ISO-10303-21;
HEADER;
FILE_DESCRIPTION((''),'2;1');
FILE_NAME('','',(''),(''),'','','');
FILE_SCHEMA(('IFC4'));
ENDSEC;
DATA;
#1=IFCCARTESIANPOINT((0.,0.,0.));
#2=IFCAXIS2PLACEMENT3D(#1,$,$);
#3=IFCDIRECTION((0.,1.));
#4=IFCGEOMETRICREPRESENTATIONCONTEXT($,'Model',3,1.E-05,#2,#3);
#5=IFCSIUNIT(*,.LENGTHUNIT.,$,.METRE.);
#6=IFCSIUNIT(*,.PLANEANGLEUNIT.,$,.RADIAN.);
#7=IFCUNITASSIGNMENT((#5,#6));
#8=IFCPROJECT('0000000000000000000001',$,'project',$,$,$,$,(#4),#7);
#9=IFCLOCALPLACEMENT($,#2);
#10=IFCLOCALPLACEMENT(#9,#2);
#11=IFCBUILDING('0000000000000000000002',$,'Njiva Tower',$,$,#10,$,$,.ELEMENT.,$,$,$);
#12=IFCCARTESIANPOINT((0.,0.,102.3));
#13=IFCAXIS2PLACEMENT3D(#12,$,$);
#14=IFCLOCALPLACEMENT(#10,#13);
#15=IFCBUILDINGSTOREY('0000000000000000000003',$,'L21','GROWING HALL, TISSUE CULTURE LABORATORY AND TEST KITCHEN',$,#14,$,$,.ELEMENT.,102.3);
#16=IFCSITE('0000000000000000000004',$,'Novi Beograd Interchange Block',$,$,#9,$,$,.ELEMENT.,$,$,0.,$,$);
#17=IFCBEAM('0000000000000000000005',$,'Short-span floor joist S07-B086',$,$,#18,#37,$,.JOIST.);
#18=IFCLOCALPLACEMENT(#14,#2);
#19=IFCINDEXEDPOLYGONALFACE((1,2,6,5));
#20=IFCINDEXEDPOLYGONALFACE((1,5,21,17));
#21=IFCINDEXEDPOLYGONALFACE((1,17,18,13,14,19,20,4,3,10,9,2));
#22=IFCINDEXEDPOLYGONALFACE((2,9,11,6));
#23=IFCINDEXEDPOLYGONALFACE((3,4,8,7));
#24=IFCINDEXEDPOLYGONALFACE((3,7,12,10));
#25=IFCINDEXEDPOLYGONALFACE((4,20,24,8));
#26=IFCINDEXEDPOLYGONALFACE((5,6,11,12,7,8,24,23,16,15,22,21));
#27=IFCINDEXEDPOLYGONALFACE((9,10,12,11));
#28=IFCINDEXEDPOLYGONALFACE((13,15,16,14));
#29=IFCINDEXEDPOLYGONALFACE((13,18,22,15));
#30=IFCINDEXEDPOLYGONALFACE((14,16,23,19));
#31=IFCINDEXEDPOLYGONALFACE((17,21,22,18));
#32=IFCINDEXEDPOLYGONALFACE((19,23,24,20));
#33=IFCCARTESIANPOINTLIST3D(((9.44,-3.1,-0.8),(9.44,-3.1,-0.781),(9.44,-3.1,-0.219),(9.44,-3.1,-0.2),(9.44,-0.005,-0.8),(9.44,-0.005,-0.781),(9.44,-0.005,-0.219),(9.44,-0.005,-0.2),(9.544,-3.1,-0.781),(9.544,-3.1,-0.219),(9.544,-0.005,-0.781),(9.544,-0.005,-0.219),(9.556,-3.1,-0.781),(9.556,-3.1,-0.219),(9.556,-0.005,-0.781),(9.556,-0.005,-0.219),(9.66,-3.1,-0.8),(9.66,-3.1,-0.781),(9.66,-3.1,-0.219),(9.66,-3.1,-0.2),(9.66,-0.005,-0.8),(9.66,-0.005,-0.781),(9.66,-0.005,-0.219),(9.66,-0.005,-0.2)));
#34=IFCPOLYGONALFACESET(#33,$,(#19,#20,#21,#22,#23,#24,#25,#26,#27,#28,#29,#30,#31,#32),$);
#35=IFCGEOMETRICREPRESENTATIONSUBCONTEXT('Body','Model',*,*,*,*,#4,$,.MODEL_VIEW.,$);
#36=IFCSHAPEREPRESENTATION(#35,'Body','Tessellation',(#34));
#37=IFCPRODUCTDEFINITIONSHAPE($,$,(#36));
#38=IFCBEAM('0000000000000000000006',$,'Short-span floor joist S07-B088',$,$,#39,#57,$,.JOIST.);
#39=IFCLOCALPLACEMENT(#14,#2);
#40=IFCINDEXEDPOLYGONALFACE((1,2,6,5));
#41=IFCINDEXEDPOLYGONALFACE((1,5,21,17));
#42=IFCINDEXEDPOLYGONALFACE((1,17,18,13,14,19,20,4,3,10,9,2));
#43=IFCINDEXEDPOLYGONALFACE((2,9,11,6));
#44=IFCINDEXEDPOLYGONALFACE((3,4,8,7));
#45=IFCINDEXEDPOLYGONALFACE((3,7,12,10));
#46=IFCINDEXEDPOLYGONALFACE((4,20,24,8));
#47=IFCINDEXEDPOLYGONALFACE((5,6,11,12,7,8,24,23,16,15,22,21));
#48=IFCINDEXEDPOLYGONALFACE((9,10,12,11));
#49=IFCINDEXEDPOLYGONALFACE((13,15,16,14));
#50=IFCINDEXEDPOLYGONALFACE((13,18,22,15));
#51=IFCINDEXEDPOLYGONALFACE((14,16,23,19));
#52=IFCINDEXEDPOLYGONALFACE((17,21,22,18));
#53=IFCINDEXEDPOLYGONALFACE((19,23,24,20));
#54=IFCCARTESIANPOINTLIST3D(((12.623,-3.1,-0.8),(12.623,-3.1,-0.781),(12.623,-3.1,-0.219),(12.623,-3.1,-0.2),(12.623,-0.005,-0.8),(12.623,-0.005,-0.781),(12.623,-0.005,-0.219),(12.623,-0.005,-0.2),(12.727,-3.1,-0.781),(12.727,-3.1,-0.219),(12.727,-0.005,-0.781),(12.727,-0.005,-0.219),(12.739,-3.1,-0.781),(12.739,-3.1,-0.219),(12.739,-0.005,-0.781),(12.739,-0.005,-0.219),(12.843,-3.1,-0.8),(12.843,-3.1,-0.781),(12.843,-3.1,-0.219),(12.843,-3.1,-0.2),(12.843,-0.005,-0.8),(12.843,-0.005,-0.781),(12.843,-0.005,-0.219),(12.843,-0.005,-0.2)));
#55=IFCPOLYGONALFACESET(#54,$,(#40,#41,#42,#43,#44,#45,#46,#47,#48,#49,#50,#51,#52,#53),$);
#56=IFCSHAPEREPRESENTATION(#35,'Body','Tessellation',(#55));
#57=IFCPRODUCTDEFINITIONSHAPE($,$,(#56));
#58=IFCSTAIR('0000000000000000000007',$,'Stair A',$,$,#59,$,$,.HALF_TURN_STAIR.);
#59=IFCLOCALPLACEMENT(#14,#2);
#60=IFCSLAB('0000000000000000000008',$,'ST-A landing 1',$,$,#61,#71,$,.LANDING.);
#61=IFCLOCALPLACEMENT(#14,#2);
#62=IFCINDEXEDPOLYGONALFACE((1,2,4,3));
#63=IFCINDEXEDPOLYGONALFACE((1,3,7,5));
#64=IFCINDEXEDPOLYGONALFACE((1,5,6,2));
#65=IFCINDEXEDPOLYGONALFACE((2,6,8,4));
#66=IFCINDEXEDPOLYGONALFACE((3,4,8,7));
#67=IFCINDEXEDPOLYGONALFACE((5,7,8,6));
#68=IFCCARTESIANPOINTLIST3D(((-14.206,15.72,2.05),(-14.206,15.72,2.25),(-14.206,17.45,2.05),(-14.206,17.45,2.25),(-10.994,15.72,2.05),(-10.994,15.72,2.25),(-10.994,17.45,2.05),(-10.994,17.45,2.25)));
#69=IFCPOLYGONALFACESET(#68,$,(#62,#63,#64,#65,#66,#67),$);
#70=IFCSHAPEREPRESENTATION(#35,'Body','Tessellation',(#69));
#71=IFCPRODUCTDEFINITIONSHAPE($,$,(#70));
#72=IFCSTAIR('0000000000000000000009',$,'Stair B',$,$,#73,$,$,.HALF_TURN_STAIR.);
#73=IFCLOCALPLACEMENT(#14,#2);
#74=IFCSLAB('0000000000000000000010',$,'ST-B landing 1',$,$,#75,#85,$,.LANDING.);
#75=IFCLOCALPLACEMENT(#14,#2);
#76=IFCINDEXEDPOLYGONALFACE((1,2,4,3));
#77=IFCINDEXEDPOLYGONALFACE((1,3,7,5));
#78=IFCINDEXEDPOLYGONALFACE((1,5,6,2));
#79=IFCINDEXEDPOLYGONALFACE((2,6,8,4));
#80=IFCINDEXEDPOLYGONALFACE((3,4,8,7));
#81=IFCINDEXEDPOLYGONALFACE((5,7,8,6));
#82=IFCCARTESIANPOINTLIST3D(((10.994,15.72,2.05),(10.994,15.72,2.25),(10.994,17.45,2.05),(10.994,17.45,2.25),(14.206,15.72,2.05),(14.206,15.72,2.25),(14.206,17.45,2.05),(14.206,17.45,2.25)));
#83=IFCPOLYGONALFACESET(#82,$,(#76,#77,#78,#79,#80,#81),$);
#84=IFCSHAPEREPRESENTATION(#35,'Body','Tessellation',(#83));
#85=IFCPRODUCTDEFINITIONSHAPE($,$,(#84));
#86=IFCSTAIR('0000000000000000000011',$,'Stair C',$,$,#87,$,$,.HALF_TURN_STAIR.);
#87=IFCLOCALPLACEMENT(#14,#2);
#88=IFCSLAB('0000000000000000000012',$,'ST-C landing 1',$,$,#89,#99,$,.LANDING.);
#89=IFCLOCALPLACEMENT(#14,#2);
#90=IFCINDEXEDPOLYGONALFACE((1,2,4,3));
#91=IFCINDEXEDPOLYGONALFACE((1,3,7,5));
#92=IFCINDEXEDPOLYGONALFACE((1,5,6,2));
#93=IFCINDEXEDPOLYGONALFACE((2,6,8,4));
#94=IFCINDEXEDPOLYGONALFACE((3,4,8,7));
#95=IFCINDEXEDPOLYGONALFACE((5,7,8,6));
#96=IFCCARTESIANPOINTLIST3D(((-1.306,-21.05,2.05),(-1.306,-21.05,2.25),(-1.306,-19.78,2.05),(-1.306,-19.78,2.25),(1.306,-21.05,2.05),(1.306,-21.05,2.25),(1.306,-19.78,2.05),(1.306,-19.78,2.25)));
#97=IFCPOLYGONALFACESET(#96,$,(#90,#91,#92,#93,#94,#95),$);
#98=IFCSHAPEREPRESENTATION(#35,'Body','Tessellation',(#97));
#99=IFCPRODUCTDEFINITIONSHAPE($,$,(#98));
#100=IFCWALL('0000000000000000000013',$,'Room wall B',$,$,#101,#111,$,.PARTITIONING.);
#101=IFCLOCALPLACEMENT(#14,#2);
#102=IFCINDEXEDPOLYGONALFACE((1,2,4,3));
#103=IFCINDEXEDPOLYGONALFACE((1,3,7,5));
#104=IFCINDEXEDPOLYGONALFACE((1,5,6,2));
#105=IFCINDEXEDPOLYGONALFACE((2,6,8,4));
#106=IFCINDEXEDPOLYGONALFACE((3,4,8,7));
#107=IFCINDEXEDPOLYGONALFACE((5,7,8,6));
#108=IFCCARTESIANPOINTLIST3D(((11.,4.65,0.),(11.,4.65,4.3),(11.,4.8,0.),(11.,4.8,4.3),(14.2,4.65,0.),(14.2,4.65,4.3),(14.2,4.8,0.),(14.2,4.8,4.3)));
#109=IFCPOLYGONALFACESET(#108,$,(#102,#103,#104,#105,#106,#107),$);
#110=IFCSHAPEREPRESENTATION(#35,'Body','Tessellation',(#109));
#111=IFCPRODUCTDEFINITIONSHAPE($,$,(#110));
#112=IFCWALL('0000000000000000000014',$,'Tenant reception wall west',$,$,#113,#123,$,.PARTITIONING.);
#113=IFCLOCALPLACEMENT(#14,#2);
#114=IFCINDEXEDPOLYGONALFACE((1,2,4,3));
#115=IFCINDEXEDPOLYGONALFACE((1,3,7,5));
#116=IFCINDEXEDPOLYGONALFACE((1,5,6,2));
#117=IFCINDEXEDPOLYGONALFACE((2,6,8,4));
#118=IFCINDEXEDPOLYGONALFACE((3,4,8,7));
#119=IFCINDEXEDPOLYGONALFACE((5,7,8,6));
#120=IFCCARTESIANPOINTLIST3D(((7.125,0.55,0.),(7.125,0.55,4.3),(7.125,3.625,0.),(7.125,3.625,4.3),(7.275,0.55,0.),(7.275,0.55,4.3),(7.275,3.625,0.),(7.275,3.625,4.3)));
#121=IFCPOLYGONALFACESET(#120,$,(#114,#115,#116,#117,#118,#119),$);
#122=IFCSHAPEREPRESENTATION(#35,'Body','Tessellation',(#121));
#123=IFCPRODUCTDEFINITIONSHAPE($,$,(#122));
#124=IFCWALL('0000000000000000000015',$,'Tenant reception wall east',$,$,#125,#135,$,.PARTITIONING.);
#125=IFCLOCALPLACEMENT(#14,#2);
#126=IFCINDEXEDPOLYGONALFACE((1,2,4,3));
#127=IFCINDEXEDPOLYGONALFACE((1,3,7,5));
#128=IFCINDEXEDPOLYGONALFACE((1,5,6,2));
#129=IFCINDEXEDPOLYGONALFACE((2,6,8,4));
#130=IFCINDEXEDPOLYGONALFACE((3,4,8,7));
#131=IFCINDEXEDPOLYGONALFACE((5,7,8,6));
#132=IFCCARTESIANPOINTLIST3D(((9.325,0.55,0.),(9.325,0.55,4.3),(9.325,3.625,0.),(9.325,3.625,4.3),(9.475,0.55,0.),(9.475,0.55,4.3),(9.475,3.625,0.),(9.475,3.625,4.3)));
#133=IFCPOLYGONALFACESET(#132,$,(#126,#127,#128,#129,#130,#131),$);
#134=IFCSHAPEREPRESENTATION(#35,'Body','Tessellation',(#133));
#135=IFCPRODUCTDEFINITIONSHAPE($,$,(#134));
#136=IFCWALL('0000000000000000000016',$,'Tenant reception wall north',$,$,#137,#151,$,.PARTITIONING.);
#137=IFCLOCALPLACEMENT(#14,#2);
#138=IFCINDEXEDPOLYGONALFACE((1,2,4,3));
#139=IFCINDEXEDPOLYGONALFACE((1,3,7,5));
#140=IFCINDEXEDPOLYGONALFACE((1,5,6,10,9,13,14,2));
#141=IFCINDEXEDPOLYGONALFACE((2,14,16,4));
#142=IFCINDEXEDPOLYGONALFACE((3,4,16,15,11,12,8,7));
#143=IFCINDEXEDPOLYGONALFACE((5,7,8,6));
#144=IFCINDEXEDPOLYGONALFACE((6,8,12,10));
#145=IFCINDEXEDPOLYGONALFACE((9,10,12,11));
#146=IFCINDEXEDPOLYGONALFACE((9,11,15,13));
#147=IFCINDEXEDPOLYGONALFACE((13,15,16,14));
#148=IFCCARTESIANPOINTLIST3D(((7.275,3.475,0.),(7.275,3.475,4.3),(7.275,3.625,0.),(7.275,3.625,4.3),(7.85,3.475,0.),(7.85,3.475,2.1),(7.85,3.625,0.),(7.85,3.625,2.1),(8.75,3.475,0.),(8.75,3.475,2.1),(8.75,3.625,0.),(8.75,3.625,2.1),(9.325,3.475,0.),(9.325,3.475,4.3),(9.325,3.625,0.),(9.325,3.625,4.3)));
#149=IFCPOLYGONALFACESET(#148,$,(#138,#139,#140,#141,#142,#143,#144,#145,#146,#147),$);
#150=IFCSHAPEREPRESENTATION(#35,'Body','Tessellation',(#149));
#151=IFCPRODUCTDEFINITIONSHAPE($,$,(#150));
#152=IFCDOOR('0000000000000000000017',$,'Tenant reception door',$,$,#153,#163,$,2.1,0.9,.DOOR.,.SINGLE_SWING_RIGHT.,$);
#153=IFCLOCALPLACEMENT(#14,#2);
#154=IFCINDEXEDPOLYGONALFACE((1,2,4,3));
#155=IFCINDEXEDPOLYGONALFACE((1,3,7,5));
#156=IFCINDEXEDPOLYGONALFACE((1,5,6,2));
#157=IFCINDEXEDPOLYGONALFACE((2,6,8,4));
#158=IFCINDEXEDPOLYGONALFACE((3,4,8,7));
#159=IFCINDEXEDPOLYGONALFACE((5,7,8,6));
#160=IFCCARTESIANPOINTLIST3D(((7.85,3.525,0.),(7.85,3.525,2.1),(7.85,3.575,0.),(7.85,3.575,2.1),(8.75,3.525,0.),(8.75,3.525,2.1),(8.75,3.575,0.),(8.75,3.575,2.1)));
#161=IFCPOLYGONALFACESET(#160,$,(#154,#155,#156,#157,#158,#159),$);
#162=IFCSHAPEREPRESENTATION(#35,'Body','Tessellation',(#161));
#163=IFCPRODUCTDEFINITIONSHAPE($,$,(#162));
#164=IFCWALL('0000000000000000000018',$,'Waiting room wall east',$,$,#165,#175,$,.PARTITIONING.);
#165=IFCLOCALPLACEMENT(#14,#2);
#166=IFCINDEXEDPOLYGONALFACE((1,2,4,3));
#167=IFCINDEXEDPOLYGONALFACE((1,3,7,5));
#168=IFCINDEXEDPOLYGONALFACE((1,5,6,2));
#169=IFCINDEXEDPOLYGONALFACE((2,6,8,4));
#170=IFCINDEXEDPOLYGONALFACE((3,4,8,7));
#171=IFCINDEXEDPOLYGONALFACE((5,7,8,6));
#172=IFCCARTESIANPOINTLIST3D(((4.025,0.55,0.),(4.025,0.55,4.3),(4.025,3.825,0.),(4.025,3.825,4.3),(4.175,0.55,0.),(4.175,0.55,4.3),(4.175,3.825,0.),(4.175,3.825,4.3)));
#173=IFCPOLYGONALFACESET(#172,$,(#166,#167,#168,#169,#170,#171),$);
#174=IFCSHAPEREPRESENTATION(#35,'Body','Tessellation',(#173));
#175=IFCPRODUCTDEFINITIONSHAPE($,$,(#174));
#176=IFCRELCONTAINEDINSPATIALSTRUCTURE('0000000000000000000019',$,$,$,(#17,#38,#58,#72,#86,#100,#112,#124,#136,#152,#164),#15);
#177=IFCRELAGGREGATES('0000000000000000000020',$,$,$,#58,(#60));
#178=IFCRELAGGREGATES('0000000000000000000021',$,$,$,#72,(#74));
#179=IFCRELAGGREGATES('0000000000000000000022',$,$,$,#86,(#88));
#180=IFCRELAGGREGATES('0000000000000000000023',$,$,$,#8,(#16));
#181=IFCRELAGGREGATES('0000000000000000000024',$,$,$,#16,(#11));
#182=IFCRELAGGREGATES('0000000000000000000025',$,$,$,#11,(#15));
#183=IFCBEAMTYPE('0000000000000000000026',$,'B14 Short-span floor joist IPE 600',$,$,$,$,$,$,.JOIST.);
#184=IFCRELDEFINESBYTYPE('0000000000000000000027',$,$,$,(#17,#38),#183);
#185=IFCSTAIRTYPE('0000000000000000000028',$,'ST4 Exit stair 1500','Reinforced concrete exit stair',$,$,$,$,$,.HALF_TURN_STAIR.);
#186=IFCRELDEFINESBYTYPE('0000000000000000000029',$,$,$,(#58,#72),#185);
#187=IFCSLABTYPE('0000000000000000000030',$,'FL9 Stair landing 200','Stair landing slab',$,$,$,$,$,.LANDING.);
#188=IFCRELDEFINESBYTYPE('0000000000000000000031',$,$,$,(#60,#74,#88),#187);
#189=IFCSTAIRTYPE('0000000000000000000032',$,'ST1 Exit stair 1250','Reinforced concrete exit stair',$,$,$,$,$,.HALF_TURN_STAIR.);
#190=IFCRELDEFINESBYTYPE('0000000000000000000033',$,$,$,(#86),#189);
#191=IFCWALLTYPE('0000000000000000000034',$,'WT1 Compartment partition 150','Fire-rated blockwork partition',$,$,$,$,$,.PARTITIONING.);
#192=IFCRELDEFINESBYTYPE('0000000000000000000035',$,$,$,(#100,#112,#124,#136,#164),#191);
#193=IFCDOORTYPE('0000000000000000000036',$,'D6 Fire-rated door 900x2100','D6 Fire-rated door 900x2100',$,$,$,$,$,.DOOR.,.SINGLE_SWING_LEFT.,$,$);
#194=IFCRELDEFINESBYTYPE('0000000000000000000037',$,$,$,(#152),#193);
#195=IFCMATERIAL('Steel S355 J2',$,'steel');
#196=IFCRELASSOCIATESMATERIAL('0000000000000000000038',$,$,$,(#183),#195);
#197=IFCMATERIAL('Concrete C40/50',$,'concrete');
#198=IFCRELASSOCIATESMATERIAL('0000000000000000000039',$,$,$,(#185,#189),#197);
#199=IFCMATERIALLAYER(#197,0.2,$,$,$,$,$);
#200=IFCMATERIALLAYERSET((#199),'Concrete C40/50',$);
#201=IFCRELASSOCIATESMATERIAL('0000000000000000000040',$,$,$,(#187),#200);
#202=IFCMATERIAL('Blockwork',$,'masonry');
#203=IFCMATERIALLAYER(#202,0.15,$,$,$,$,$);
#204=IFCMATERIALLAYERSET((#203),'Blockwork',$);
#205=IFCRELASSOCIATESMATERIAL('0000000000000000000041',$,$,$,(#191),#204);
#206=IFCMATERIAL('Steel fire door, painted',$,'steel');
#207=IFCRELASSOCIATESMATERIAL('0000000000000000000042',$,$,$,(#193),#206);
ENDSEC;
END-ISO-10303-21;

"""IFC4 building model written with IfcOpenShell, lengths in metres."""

from ifc_helpers import new_model, si_unit, direction, frame, frame_2d, origin, origin_2d, place, context, subcontext, project, spatial, polyline, rectangle, i_section, outline, extrude, material, layer, layer_set, material_profile, profile_set, type_object, element, fill, aggregate, save


model = new_model("IFC4")

# Units and contexts
model_context = context("Model", 3, precision=1e-05, world=origin(), true_north=direction((0.0, 1.0)))
body_context = subcontext(model_context, "Body", "Model", "MODEL_VIEW")
ifc_project = project(units=[si_unit("LENGTHUNIT", "METRE"), si_unit("PLANEANGLEUNIT", "RADIAN")], contexts=[model_context])

# Site, building, storey
site_placement = place(None, origin())
site = spatial("IfcSite", under=ifc_project, at=site_placement, Name="Novi Beograd Interchange Block", CompositionType="ELEMENT", RefElevation=0.0)
building_placement = place(site_placement, origin())
building = spatial("IfcBuilding", under=site, at=building_placement, Name="Njiva Tower", CompositionType="ELEMENT")
storey_placement = place(building_placement, frame((0.0, 0.0, 102.3)))
storey = spatial("IfcBuildingStorey", under=building, at=storey_placement, Name="L21", Description="GROWING HALL, TISSUE CULTURE LABORATORY AND TEST KITCHEN", CompositionType="ELEMENT", Elevation=102.3)

# Beams
ifc_material_1 = material(Name="Steel S355 J2", Category="steel")
ifc_material_profile = material_profile(ifc_material_1, i_section(OverallWidth=0.22, OverallDepth=0.6, WebThickness=0.012, FlangeThickness=0.019, at=origin_2d()), Name="IPE 600")
ifc_profile_set = profile_set([ifc_material_profile], Name="Steel S355 J2")
beam_type = type_object("IfcBeamType", Name="B14 Short-span floor joist IPE 600", PredefinedType="JOIST", material=ifc_profile_set)
for number, where, z_axis, x_axis, name in (
    (1, (9.55, -0.005, -0.5), (0.0, -1.0, 0.0), (1.0, 0.0, 0.0), "Short-span floor joist S07-B086"),
    (2, (12.733, -0.005, -0.5), (0.0, -1.0, 0.0), (1.0, 0.0, 0.0), "Short-span floor joist S07-B088"),
):
    element("IfcBeam", number, at=place(storey_placement, frame(where, z_axis=z_axis, x_axis=x_axis)), inside=storey, type_object=beam_type, Name=name, PredefinedType="JOIST", context=body_context, shape_type="SweptSolid", body=[
        extrude(i_section(OverallWidth=0.22, OverallDepth=0.6, WebThickness=0.012, FlangeThickness=0.019, at=origin_2d()), origin(), (0.0, 0.0, 1.0), 3.095),
    ])

# Stairs, slabs
ifc_material_2 = material(Name="Concrete C40/50", Category="concrete")
stair_type_1 = type_object("IfcStairType", Name="ST4 Exit stair 1500", Description="Reinforced concrete exit stair", PredefinedType="HALF_TURN_STAIR", material=ifc_material_2)
stair_1_placement = place(storey_placement, origin())
stair_1 = element("IfcStair", 3, at=stair_1_placement, inside=storey, type_object=stair_type_1, Name="Stair A", PredefinedType="HALF_TURN_STAIR")
ifc_layer_1 = layer(ifc_material_2, 0.2)
ifc_layer_set_1 = layer_set([ifc_layer_1], Name="Concrete C40/50")
slab_type = type_object("IfcSlabType", Name="FL9 Stair landing 200", Description="Stair landing slab", PredefinedType="LANDING", material=ifc_layer_set_1)
slab_1_placement = place(storey_placement, frame((0.0, 0.0, 2.05)))
slab_1 = element("IfcSlab", 4, at=slab_1_placement, type_object=slab_type, Name="ST-A landing 1", PredefinedType="LANDING", context=body_context, shape_type="SweptSolid", body=[
    extrude(outline(polyline([(-14.206, 15.72), (-10.994, 15.72), (-10.994, 17.45), (-14.206, 17.45), (-14.206, 15.72)])), origin(), (0.0, 0.0, 1.0), 0.2),
])
aggregate(stair_1, [slab_1])
stair_2_placement = place(storey_placement, origin())
stair_2 = element("IfcStair", 5, at=stair_2_placement, inside=storey, type_object=stair_type_1, Name="Stair B", PredefinedType="HALF_TURN_STAIR")
slab_2_placement = place(storey_placement, frame((0.0, 0.0, 2.05)))
slab_2 = element("IfcSlab", 6, at=slab_2_placement, type_object=slab_type, Name="ST-B landing 1", PredefinedType="LANDING", context=body_context, shape_type="SweptSolid", body=[
    extrude(outline(polyline([(10.994, 15.72), (14.206, 15.72), (14.206, 17.45), (10.994, 17.45), (10.994, 15.72)])), origin(), (0.0, 0.0, 1.0), 0.2),
])
aggregate(stair_2, [slab_2])
stair_type_2 = type_object("IfcStairType", Name="ST1 Exit stair 1250", Description="Reinforced concrete exit stair", PredefinedType="HALF_TURN_STAIR", material=ifc_material_2)
stair_3_placement = place(storey_placement, origin())
stair_3 = element("IfcStair", 7, at=stair_3_placement, inside=storey, type_object=stair_type_2, Name="Stair C", PredefinedType="HALF_TURN_STAIR")
slab_3_placement = place(storey_placement, frame((0.0, 0.0, 2.05)))
slab_3 = element("IfcSlab", 8, at=slab_3_placement, type_object=slab_type, Name="ST-C landing 1", PredefinedType="LANDING", context=body_context, shape_type="SweptSolid", body=[
    extrude(outline(polyline([(-1.306, -21.05), (1.306, -21.05), (1.306, -19.78), (-1.306, -19.78), (-1.306, -21.05)])), origin(), (0.0, 0.0, 1.0), 0.2),
])
aggregate(stair_3, [slab_3])

# Walls
ifc_material_3 = material(Name="Blockwork", Category="masonry")
ifc_layer_2 = layer(ifc_material_3, 0.15)
ifc_layer_set_2 = layer_set([ifc_layer_2], Name="Blockwork")
wall_type_1 = type_object("IfcWallType", Name="WT1 Compartment partition 150", Description="Fire-rated blockwork partition", PredefinedType="PARTITIONING", material=ifc_layer_set_2)
wall_1_placement = place(storey_placement, frame((11.0, 4.725, 0.0), z_axis=(0.0, 0.0, 1.0), x_axis=(1.0, 0.0, 0.0)))
element("IfcWall", 9, at=wall_1_placement, inside=storey, type_object=wall_type_1, Name="Room wall B", PredefinedType="PARTITIONING", context=body_context, shape_type="SweptSolid", body=[
    extrude(rectangle(XDim=3.2, YDim=0.15, at=frame_2d((1.6, 0.0))), origin(), (0.0, 0.0, 1.0), 4.3),
])
for number, where, z_axis, x_axis, name in (
    (10, (7.2, 0.55, 0.0), (0.0, 0.0, 1.0), (0.0, 1.0, 0.0), "Tenant reception wall west"),
    (11, (9.4, 0.55, 0.0), (0.0, 0.0, 1.0), (0.0, 1.0, 0.0), "Tenant reception wall east"),
):
    element("IfcWall", number, at=place(storey_placement, frame(where, z_axis=z_axis, x_axis=x_axis)), inside=storey, type_object=wall_type_1, Name=name, PredefinedType="PARTITIONING", context=body_context, shape_type="SweptSolid", body=[
        extrude(rectangle(XDim=3.075, YDim=0.15, at=frame_2d((1.5375, 0.0))), origin(), (0.0, 0.0, 1.0), 4.3),
    ])

# Wall, opening, door
wall_2_placement = place(storey_placement, frame((7.275, 3.55, 0.0), z_axis=(0.0, 0.0, 1.0), x_axis=(1.0, 0.0, 0.0)))
wall_2 = element("IfcWall", 12, at=wall_2_placement, inside=storey, type_object=wall_type_1, Name="Tenant reception wall north", PredefinedType="PARTITIONING", context=body_context, shape_type="SweptSolid", body=[
    extrude(rectangle(XDim=2.05, YDim=0.15, at=frame_2d((1.025, 0.0))), origin(), (0.0, 0.0, 1.0), 4.3),
])
opening_1_placement = place(wall_2_placement, frame((0.575, 0.0, 0.0)))
opening_1 = element("IfcOpeningElement", 13, at=opening_1_placement, cuts=wall_2, PredefinedType="OPENING", context=body_context, shape_type="SweptSolid", body=[
    extrude(rectangle(XDim=0.9, YDim=2.1, at=frame_2d((0.45, 1.05))), frame((0.0, 0.085, 0.0), z_axis=(0.0, -1.0, 0.0), x_axis=(1.0, 0.0, 0.0)), (0.0, 0.0, 1.0), 0.17),
])
ifc_material_4 = material(Name="Steel fire door, painted", Category="steel")
door_type_1 = type_object("IfcDoorType", Name="D6 Fire-rated door 900x2100", Description="D6 Fire-rated door 900x2100", OperationType="SINGLE_SWING_LEFT", PredefinedType="DOOR", material=ifc_material_4)
door_1_placement = place(opening_1_placement, origin())
door_1 = element("IfcDoor", 14, at=door_1_placement, inside=storey, type_object=door_type_1, Name="Tenant reception door", OperationType="SINGLE_SWING_RIGHT", OverallHeight=2.1, OverallWidth=0.9, PredefinedType="DOOR", context=body_context, shape_type="SweptSolid", body=[
    extrude(rectangle(XDim=0.9, YDim=2.1, at=frame_2d((0.45, 1.05))), frame((0.0, 0.025, 0.0), z_axis=(0.0, -1.0, 0.0), x_axis=(1.0, 0.0, 0.0)), (0.0, 0.0, 1.0), 0.05),
])
fill(opening_1, door_1)

# Wall
wall_3_placement = place(storey_placement, frame((4.1, 0.55, 0.0), z_axis=(0.0, 0.0, 1.0), x_axis=(0.0, 1.0, 0.0)))
element("IfcWall", 15, at=wall_3_placement, inside=storey, type_object=wall_type_1, Name="Waiting room wall east", PredefinedType="PARTITIONING", context=body_context, shape_type="SweptSolid", body=[
    extrude(rectangle(XDim=3.275, YDim=0.15, at=frame_2d((1.6375, 0.0))), origin(), (0.0, 0.0, 1.0), 4.3),
])

save(model, "model.ifc")
